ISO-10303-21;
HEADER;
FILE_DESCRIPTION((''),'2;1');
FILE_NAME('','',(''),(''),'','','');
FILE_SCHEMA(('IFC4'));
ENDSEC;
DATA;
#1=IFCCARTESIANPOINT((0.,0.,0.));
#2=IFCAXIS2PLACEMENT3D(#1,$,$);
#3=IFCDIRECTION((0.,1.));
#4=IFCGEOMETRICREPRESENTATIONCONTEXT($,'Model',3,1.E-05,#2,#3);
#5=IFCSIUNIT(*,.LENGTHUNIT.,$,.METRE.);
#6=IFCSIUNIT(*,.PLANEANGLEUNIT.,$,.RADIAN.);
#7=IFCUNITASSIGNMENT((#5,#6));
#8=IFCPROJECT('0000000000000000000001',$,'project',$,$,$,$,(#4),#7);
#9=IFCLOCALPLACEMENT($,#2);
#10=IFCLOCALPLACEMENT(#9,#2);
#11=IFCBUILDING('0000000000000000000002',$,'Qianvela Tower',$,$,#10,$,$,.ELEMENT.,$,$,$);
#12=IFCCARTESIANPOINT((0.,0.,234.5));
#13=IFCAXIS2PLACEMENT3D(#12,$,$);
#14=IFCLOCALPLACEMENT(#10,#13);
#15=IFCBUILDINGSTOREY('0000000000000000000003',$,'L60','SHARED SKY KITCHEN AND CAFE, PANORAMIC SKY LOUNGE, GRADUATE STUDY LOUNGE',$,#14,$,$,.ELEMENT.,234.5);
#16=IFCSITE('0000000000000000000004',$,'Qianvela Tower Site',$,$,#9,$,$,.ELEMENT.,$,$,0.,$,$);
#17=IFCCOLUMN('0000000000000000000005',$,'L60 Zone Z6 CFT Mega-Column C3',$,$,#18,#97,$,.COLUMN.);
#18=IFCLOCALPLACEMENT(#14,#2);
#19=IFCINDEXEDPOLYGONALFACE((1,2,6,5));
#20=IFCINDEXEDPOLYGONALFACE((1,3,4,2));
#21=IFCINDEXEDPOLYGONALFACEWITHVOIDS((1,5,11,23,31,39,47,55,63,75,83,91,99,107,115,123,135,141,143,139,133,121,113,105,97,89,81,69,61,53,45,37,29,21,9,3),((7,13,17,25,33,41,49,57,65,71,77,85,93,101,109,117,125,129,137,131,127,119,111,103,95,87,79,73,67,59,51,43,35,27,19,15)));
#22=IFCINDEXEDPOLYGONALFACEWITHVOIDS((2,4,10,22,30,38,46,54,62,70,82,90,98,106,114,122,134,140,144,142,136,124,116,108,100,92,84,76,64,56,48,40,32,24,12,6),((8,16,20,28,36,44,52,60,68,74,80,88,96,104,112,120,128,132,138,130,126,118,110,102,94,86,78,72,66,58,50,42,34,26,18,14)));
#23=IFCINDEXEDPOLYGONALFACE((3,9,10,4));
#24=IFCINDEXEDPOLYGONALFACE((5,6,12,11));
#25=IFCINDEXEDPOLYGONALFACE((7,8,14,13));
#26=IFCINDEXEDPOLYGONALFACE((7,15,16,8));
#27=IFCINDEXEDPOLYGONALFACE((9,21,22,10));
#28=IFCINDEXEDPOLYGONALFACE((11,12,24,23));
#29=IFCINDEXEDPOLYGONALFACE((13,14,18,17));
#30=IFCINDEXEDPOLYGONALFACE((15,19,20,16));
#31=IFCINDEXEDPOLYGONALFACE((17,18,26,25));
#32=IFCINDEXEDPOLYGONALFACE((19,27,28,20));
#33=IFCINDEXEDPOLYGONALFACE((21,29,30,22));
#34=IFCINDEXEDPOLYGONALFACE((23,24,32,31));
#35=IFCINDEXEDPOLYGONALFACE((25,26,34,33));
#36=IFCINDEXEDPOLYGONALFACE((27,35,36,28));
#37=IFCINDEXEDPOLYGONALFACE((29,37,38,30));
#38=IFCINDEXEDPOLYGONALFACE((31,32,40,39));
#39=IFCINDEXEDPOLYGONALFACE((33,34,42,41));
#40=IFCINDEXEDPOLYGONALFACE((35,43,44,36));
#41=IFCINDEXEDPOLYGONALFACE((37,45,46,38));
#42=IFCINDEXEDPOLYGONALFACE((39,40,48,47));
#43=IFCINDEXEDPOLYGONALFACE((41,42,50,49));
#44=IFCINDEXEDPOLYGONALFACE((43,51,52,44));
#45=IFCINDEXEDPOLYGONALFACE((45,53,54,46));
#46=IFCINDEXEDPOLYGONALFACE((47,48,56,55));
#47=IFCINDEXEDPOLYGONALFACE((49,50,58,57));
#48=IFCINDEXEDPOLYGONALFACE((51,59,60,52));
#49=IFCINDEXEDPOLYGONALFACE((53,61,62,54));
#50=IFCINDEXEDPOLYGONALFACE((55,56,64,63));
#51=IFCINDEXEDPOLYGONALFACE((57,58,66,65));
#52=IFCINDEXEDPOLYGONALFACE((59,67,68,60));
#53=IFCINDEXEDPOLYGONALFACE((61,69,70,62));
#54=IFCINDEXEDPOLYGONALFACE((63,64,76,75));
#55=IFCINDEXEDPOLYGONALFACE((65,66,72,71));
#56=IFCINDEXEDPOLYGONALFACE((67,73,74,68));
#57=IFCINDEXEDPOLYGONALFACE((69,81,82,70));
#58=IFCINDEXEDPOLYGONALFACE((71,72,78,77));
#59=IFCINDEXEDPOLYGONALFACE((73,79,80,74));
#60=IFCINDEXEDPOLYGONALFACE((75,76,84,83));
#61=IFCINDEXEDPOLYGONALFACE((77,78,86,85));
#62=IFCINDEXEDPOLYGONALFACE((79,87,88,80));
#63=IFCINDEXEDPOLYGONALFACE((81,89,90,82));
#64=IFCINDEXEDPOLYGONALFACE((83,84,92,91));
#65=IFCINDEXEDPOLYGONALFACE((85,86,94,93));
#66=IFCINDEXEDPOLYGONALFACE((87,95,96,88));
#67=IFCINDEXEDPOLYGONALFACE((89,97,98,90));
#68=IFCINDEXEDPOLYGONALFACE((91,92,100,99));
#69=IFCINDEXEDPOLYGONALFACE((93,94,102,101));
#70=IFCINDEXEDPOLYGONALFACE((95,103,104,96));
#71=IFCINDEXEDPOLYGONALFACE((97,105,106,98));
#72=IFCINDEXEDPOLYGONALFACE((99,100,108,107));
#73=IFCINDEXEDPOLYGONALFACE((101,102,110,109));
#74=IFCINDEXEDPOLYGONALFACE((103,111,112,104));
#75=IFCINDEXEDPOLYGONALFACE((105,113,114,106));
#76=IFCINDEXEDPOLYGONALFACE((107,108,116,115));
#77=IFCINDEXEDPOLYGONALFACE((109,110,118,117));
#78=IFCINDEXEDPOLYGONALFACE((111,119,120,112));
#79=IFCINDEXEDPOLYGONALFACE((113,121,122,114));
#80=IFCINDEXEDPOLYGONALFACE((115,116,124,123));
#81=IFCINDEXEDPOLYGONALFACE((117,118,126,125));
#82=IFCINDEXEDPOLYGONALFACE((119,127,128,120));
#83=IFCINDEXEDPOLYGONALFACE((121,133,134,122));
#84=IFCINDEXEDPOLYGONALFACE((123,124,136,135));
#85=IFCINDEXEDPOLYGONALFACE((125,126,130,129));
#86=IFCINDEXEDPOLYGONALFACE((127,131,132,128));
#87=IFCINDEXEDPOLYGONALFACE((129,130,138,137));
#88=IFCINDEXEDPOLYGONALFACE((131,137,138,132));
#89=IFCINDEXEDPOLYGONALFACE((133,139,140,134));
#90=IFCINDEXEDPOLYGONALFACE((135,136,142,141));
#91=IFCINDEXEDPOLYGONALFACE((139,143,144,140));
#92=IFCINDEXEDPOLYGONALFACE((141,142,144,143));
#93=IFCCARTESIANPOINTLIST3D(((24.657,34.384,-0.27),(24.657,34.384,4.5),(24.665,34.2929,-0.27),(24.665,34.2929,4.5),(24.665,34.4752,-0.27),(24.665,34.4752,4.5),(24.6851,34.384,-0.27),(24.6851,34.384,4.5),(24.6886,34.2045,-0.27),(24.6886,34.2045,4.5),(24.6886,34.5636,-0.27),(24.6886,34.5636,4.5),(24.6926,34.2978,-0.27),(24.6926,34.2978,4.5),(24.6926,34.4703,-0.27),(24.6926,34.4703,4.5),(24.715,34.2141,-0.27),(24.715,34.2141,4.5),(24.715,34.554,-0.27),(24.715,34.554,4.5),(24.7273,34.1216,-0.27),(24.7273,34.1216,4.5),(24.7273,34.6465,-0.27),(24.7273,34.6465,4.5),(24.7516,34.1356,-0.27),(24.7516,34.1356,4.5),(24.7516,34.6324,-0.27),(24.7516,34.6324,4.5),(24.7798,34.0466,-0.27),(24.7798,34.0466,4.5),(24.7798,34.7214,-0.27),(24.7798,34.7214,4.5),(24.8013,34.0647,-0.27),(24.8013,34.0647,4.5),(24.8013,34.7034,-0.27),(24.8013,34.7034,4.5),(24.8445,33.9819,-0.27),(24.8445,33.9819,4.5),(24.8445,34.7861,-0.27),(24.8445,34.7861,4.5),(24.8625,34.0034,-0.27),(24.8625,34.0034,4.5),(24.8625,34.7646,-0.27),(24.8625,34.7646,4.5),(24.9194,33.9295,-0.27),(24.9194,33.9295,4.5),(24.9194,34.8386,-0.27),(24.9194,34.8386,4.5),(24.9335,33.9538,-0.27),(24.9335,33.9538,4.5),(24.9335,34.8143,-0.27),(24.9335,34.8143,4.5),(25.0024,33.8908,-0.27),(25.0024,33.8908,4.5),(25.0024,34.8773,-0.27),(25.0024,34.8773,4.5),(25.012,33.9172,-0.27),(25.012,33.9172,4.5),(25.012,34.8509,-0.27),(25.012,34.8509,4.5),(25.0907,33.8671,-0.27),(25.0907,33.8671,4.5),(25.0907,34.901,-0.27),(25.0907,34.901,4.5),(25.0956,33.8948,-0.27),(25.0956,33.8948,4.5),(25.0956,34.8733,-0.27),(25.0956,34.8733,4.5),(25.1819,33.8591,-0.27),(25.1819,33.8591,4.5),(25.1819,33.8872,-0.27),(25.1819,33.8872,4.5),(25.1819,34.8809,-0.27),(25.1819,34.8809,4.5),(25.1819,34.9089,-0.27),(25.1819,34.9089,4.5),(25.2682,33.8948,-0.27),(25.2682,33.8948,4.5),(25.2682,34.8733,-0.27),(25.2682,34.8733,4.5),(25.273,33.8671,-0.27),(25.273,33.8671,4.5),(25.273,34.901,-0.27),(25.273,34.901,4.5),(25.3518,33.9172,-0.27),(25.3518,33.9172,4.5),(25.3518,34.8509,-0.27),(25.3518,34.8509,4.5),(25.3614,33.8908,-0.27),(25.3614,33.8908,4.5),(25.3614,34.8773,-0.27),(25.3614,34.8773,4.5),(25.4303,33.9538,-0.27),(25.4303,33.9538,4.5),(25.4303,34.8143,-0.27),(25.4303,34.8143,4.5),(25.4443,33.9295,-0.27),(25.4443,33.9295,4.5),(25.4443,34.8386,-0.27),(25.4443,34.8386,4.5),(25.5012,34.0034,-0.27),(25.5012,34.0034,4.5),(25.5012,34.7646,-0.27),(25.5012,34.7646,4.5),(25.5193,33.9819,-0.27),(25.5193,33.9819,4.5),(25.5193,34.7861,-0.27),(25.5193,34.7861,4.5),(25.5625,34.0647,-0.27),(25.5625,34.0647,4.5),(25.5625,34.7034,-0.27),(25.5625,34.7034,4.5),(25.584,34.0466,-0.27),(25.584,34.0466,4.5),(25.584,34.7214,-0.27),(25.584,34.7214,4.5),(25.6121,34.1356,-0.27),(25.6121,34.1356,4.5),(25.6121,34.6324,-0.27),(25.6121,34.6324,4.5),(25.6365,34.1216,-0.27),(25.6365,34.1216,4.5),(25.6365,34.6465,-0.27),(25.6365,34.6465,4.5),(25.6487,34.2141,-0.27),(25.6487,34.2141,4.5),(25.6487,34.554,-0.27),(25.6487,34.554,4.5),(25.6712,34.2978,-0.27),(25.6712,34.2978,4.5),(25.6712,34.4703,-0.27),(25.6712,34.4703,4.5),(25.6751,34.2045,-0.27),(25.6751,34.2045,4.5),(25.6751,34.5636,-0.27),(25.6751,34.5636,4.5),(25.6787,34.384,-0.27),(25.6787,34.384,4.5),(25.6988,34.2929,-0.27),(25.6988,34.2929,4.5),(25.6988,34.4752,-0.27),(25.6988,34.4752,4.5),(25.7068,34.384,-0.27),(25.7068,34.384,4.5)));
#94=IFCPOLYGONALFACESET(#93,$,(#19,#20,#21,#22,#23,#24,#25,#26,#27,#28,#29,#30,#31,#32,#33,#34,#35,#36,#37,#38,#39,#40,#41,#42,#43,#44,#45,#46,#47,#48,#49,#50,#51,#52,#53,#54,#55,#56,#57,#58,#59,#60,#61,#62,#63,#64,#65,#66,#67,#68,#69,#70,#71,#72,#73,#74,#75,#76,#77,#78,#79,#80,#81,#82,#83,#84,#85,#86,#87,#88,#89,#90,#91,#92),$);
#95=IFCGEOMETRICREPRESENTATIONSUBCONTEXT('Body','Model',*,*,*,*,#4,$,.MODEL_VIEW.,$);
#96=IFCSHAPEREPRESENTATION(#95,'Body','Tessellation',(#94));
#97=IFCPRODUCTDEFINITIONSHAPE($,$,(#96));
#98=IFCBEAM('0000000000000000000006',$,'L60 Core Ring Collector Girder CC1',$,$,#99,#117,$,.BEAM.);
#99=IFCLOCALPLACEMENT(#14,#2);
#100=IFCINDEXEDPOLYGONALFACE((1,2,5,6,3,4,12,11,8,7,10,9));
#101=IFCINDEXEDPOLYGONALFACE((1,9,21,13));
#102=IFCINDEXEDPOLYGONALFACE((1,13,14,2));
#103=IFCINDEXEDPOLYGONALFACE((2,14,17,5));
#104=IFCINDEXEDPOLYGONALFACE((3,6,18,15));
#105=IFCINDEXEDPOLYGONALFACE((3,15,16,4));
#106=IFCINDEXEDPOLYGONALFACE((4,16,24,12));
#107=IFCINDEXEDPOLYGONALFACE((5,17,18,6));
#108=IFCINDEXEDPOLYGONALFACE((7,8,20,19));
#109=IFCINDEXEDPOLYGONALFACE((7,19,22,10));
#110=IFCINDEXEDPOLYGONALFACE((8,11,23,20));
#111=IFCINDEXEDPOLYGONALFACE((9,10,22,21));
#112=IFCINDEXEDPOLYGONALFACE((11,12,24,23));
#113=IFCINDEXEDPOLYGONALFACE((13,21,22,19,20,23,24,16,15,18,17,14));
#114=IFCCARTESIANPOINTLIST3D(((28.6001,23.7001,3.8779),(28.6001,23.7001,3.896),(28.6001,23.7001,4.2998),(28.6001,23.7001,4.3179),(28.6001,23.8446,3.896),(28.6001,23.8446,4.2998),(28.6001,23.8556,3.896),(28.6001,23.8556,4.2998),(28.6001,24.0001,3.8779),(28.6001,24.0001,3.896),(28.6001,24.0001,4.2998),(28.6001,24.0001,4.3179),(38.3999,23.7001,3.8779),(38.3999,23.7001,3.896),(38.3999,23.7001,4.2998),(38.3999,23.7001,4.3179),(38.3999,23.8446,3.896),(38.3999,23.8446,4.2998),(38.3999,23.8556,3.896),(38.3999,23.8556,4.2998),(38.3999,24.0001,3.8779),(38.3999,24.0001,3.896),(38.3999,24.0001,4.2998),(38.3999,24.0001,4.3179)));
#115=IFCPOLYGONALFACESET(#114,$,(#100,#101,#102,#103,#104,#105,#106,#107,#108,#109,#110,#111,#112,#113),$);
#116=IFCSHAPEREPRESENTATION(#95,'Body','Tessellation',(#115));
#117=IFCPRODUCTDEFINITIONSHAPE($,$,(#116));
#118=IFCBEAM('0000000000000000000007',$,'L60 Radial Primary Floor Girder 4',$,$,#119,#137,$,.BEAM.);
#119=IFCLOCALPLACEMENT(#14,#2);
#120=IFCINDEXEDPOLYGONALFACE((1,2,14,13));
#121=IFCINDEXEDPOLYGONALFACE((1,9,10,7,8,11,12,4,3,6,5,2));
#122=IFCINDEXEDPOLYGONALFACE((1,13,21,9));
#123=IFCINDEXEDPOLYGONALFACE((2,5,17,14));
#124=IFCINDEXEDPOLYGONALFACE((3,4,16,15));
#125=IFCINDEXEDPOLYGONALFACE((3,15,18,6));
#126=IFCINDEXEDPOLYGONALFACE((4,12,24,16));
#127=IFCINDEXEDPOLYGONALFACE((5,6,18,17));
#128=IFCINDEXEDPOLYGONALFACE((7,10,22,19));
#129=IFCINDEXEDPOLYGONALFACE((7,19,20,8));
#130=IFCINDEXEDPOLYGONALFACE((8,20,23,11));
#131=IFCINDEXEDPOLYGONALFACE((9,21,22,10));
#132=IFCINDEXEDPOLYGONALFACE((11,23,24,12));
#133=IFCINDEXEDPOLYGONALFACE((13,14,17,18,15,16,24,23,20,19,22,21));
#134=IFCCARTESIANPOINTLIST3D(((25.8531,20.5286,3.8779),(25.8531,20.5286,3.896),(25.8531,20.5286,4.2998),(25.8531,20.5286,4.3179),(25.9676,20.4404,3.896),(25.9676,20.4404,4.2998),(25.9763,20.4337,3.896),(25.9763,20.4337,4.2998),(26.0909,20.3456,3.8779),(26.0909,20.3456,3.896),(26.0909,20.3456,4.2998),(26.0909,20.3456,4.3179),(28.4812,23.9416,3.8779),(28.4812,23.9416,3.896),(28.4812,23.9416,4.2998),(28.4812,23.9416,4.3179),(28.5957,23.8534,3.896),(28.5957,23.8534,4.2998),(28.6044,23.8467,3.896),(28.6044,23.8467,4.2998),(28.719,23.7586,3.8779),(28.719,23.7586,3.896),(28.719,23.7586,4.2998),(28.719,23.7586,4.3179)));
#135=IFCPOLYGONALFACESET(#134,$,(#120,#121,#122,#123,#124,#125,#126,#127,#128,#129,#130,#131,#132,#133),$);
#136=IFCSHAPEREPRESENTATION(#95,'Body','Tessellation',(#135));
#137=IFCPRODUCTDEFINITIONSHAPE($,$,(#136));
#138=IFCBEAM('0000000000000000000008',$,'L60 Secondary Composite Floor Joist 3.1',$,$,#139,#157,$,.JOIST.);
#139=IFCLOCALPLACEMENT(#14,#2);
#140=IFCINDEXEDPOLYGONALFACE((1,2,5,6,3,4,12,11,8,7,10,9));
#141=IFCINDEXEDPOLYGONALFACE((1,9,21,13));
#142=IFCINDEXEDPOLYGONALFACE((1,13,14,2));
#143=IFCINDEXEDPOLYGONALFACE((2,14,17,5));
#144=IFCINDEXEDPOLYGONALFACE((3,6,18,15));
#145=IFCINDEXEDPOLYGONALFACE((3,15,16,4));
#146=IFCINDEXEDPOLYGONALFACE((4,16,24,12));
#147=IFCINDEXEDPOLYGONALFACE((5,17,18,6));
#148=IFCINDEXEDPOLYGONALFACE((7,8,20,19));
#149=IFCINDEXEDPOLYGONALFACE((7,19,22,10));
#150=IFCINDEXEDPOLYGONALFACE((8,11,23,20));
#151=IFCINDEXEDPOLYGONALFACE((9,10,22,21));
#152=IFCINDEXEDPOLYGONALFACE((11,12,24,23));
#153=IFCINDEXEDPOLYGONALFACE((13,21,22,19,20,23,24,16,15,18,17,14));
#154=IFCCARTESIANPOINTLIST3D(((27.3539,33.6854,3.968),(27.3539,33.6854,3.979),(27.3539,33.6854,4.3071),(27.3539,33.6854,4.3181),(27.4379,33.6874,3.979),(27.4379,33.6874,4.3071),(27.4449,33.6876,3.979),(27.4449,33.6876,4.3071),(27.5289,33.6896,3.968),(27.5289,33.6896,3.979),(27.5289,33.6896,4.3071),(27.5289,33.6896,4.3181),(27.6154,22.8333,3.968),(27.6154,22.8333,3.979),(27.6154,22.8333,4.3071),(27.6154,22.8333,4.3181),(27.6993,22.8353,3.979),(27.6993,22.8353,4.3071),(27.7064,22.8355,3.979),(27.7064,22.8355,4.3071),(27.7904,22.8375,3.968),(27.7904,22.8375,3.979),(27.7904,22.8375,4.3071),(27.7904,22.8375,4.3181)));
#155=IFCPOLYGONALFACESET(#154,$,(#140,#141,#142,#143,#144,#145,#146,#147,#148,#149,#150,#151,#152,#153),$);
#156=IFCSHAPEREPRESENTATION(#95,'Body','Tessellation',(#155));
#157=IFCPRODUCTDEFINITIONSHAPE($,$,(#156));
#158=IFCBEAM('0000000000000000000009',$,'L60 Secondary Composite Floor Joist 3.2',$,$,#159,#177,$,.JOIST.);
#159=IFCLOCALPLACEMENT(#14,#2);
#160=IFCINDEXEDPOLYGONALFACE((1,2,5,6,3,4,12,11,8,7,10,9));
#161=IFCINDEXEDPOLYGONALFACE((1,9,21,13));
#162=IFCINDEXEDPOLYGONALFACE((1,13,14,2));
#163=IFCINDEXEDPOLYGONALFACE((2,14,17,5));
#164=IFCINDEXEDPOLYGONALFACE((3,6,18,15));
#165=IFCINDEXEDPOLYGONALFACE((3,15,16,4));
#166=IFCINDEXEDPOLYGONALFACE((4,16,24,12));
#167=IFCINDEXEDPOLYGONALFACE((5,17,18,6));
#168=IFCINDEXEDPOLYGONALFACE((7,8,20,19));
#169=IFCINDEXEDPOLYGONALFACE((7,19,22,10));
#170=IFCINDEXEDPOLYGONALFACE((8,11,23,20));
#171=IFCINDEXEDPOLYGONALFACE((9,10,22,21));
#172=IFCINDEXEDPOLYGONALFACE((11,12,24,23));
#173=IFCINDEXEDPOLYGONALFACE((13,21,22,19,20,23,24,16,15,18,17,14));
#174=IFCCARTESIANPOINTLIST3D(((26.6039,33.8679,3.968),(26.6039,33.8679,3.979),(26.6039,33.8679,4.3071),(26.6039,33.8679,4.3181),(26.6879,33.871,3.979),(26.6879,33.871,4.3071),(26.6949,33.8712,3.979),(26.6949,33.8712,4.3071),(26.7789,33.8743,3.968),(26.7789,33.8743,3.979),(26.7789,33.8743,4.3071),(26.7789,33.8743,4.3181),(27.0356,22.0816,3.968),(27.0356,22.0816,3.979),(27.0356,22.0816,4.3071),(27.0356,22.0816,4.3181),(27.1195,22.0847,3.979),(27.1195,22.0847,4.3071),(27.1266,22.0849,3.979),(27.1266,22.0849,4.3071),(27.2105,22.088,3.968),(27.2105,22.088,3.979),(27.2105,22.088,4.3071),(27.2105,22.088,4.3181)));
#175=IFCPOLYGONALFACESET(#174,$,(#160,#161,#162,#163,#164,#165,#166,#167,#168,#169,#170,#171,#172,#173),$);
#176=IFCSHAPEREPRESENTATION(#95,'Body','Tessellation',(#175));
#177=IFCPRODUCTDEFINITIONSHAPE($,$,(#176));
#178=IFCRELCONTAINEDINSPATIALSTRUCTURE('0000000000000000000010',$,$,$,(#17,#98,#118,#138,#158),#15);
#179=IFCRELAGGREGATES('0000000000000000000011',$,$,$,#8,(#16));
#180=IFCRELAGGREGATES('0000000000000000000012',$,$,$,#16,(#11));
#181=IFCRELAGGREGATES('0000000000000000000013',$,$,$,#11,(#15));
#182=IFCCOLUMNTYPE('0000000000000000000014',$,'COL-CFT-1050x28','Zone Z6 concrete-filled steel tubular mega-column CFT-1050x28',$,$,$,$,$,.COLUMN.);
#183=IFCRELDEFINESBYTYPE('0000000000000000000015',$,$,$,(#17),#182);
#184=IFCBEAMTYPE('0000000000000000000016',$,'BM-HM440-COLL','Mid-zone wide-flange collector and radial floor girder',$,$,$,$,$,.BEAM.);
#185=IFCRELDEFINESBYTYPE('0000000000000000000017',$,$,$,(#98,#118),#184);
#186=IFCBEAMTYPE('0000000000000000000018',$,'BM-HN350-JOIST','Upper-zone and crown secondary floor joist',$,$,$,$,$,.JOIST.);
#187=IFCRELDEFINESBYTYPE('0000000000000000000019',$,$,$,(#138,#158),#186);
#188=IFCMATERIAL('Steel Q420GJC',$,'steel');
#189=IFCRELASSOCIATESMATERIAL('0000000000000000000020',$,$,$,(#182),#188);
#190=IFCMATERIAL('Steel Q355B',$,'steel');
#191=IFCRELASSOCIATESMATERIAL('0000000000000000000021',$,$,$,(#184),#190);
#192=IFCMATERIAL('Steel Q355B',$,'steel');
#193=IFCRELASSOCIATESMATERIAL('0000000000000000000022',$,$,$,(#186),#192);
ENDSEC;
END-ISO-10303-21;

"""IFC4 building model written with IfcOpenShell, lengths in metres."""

from ifc_helpers import new_model, si_unit, direction, frame, origin, origin_2d, place, context, subcontext, project, spatial, hollow_circle, i_section, extrude, material, material_profile, profile_set, type_object, element, save


model = new_model("IFC4")

# Units and contexts
model_context = context("Model", 3, precision=1e-05, world=origin(), true_north=direction((0.0, 1.0)))
body_context = subcontext(model_context, "Body", "Model", "MODEL_VIEW")
ifc_project = project(units=[si_unit("LENGTHUNIT", "METRE"), si_unit("PLANEANGLEUNIT", "RADIAN")], contexts=[model_context])

# Site, building, storey
site_placement = place(None, origin())
site = spatial("IfcSite", under=ifc_project, at=site_placement, Name="Qianvela Tower Site", CompositionType="ELEMENT", RefElevation=0.0)
building_placement = place(site_placement, origin())
building = spatial("IfcBuilding", under=site, at=building_placement, Name="Qianvela Tower", CompositionType="ELEMENT")
storey_placement = place(building_placement, frame((0.0, 0.0, 234.5)))
storey = spatial("IfcBuildingStorey", under=building, at=storey_placement, Name="L60", Description="SHARED SKY KITCHEN AND CAFE, PANORAMIC SKY LOUNGE, GRADUATE STUDY LOUNGE", CompositionType="ELEMENT", Elevation=234.5)

# Column
ifc_material_1 = material(Name="Steel Q420GJC", Category="steel")
ifc_material_profile_1 = material_profile(ifc_material_1, hollow_circle(Radius=0.5249, WallThickness=0.0281, at=origin_2d()), Name="CFT-1050x28")
ifc_profile_set_1 = profile_set([ifc_material_profile_1], Name="Steel Q420GJC")
column_type = type_object("IfcColumnType", Name="COL-CFT-1050x28", Description="Zone Z6 concrete-filled steel tubular mega-column CFT-1050x28", PredefinedType="COLUMN", material=ifc_profile_set_1)
column_placement = place(storey_placement, frame((25.1819, 34.384, -0.27), z_axis=(0.0, 0.0, 1.0), x_axis=(1.0, 0.0, 0.0)))
element("IfcColumn", 1, at=column_placement, inside=storey, type_object=column_type, Name="L60 Zone Z6 CFT Mega-Column C3", PredefinedType="COLUMN", context=body_context, shape_type="SweptSolid", body=[
    extrude(hollow_circle(Radius=0.5249, WallThickness=0.0281, at=origin_2d()), origin(), (0.0, 0.0, 1.0), 4.77),
])

# Beams
ifc_material_2 = material(Name="Steel Q355B", Category="steel")
ifc_material_profile_2 = material_profile(ifc_material_2, i_section(OverallWidth=0.3, OverallDepth=0.4399, WebThickness=0.011, FlangeThickness=0.0181, at=origin_2d()), Name="HM440x300x11x18")
ifc_profile_set_2 = profile_set([ifc_material_profile_2], Name="Steel Q355B")
beam_type_1 = type_object("IfcBeamType", Name="BM-HM440-COLL", Description="Mid-zone wide-flange collector and radial floor girder", PredefinedType="BEAM", material=ifc_profile_set_2)
beam_1_placement = place(storey_placement, frame((28.6001, 23.8501, 4.0979), z_axis=(1.0, 0.0, 0.0), x_axis=(0.0, 1.0, 0.0)))
element("IfcBeam", 2, at=beam_1_placement, inside=storey, type_object=beam_type_1, Name="L60 Core Ring Collector Girder CC1", PredefinedType="BEAM", context=body_context, shape_type="SweptSolid", body=[
    extrude(i_section(OverallWidth=0.3, OverallDepth=0.4399, WebThickness=0.011, FlangeThickness=0.0181, at=origin_2d()), origin(), (0.0, 0.0, 1.0), 9.7998),
])
beam_2_placement = place(storey_placement, frame((28.6001, 23.8501, 4.0979), z_axis=(-0.610108, -0.792318, 0.0), x_axis=(0.792318, -0.610108, 0.0)))
element("IfcBeam", 3, at=beam_2_placement, inside=storey, type_object=beam_type_1, Name="L60 Radial Primary Floor Girder 4", PredefinedType="BEAM", context=body_context, shape_type="SweptSolid", body=[
    extrude(i_section(OverallWidth=0.3, OverallDepth=0.4399, WebThickness=0.011, FlangeThickness=0.0181, at=origin_2d()), origin(), (0.0, 0.0, 1.0), 4.3076),
])
ifc_material_3 = material(Name="Steel Q355B", Category="steel")
ifc_material_profile_3 = material_profile(ifc_material_3, i_section(OverallWidth=0.175, OverallDepth=0.3501, WebThickness=0.0071, FlangeThickness=0.011, at=origin_2d()), Name="HN350x175x7x11")
ifc_profile_set_3 = profile_set([ifc_material_profile_3], Name="Steel Q355B")
beam_type_2 = type_object("IfcBeamType", Name="BM-HN350-JOIST", Description="Upper-zone and crown secondary floor joist", PredefinedType="JOIST", material=ifc_profile_set_3)
beam_3_placement = place(storey_placement, frame((27.4414, 33.6875, 4.1431), z_axis=(0.024087, -0.99971, 0.0), x_axis=(0.99971, 0.024087, 0.0)))
element("IfcBeam", 4, at=beam_3_placement, inside=storey, type_object=beam_type_2, Name="L60 Secondary Composite Floor Joist 3.1", PredefinedType="JOIST", context=body_context, shape_type="SweptSolid", body=[
    extrude(i_section(OverallWidth=0.175, OverallDepth=0.3501, WebThickness=0.0071, FlangeThickness=0.011, at=origin_2d()), origin(), (0.0, 0.0, 1.0), 10.8552),
])
beam_4_placement = place(storey_placement, frame((26.6914, 33.8711, 4.1431), z_axis=(0.036597, -0.99933, 0.0), x_axis=(0.99933, 0.036597, 0.0)))
element("IfcBeam", 5, at=beam_4_placement, inside=storey, type_object=beam_type_2, Name="L60 Secondary Composite Floor Joist 3.2", PredefinedType="JOIST", context=body_context, shape_type="SweptSolid", body=[
    extrude(i_section(OverallWidth=0.175, OverallDepth=0.3501, WebThickness=0.0071, FlangeThickness=0.011, at=origin_2d()), origin(), (0.0, 0.0, 1.0), 11.7942),
])

save(model, "model.ifc")
